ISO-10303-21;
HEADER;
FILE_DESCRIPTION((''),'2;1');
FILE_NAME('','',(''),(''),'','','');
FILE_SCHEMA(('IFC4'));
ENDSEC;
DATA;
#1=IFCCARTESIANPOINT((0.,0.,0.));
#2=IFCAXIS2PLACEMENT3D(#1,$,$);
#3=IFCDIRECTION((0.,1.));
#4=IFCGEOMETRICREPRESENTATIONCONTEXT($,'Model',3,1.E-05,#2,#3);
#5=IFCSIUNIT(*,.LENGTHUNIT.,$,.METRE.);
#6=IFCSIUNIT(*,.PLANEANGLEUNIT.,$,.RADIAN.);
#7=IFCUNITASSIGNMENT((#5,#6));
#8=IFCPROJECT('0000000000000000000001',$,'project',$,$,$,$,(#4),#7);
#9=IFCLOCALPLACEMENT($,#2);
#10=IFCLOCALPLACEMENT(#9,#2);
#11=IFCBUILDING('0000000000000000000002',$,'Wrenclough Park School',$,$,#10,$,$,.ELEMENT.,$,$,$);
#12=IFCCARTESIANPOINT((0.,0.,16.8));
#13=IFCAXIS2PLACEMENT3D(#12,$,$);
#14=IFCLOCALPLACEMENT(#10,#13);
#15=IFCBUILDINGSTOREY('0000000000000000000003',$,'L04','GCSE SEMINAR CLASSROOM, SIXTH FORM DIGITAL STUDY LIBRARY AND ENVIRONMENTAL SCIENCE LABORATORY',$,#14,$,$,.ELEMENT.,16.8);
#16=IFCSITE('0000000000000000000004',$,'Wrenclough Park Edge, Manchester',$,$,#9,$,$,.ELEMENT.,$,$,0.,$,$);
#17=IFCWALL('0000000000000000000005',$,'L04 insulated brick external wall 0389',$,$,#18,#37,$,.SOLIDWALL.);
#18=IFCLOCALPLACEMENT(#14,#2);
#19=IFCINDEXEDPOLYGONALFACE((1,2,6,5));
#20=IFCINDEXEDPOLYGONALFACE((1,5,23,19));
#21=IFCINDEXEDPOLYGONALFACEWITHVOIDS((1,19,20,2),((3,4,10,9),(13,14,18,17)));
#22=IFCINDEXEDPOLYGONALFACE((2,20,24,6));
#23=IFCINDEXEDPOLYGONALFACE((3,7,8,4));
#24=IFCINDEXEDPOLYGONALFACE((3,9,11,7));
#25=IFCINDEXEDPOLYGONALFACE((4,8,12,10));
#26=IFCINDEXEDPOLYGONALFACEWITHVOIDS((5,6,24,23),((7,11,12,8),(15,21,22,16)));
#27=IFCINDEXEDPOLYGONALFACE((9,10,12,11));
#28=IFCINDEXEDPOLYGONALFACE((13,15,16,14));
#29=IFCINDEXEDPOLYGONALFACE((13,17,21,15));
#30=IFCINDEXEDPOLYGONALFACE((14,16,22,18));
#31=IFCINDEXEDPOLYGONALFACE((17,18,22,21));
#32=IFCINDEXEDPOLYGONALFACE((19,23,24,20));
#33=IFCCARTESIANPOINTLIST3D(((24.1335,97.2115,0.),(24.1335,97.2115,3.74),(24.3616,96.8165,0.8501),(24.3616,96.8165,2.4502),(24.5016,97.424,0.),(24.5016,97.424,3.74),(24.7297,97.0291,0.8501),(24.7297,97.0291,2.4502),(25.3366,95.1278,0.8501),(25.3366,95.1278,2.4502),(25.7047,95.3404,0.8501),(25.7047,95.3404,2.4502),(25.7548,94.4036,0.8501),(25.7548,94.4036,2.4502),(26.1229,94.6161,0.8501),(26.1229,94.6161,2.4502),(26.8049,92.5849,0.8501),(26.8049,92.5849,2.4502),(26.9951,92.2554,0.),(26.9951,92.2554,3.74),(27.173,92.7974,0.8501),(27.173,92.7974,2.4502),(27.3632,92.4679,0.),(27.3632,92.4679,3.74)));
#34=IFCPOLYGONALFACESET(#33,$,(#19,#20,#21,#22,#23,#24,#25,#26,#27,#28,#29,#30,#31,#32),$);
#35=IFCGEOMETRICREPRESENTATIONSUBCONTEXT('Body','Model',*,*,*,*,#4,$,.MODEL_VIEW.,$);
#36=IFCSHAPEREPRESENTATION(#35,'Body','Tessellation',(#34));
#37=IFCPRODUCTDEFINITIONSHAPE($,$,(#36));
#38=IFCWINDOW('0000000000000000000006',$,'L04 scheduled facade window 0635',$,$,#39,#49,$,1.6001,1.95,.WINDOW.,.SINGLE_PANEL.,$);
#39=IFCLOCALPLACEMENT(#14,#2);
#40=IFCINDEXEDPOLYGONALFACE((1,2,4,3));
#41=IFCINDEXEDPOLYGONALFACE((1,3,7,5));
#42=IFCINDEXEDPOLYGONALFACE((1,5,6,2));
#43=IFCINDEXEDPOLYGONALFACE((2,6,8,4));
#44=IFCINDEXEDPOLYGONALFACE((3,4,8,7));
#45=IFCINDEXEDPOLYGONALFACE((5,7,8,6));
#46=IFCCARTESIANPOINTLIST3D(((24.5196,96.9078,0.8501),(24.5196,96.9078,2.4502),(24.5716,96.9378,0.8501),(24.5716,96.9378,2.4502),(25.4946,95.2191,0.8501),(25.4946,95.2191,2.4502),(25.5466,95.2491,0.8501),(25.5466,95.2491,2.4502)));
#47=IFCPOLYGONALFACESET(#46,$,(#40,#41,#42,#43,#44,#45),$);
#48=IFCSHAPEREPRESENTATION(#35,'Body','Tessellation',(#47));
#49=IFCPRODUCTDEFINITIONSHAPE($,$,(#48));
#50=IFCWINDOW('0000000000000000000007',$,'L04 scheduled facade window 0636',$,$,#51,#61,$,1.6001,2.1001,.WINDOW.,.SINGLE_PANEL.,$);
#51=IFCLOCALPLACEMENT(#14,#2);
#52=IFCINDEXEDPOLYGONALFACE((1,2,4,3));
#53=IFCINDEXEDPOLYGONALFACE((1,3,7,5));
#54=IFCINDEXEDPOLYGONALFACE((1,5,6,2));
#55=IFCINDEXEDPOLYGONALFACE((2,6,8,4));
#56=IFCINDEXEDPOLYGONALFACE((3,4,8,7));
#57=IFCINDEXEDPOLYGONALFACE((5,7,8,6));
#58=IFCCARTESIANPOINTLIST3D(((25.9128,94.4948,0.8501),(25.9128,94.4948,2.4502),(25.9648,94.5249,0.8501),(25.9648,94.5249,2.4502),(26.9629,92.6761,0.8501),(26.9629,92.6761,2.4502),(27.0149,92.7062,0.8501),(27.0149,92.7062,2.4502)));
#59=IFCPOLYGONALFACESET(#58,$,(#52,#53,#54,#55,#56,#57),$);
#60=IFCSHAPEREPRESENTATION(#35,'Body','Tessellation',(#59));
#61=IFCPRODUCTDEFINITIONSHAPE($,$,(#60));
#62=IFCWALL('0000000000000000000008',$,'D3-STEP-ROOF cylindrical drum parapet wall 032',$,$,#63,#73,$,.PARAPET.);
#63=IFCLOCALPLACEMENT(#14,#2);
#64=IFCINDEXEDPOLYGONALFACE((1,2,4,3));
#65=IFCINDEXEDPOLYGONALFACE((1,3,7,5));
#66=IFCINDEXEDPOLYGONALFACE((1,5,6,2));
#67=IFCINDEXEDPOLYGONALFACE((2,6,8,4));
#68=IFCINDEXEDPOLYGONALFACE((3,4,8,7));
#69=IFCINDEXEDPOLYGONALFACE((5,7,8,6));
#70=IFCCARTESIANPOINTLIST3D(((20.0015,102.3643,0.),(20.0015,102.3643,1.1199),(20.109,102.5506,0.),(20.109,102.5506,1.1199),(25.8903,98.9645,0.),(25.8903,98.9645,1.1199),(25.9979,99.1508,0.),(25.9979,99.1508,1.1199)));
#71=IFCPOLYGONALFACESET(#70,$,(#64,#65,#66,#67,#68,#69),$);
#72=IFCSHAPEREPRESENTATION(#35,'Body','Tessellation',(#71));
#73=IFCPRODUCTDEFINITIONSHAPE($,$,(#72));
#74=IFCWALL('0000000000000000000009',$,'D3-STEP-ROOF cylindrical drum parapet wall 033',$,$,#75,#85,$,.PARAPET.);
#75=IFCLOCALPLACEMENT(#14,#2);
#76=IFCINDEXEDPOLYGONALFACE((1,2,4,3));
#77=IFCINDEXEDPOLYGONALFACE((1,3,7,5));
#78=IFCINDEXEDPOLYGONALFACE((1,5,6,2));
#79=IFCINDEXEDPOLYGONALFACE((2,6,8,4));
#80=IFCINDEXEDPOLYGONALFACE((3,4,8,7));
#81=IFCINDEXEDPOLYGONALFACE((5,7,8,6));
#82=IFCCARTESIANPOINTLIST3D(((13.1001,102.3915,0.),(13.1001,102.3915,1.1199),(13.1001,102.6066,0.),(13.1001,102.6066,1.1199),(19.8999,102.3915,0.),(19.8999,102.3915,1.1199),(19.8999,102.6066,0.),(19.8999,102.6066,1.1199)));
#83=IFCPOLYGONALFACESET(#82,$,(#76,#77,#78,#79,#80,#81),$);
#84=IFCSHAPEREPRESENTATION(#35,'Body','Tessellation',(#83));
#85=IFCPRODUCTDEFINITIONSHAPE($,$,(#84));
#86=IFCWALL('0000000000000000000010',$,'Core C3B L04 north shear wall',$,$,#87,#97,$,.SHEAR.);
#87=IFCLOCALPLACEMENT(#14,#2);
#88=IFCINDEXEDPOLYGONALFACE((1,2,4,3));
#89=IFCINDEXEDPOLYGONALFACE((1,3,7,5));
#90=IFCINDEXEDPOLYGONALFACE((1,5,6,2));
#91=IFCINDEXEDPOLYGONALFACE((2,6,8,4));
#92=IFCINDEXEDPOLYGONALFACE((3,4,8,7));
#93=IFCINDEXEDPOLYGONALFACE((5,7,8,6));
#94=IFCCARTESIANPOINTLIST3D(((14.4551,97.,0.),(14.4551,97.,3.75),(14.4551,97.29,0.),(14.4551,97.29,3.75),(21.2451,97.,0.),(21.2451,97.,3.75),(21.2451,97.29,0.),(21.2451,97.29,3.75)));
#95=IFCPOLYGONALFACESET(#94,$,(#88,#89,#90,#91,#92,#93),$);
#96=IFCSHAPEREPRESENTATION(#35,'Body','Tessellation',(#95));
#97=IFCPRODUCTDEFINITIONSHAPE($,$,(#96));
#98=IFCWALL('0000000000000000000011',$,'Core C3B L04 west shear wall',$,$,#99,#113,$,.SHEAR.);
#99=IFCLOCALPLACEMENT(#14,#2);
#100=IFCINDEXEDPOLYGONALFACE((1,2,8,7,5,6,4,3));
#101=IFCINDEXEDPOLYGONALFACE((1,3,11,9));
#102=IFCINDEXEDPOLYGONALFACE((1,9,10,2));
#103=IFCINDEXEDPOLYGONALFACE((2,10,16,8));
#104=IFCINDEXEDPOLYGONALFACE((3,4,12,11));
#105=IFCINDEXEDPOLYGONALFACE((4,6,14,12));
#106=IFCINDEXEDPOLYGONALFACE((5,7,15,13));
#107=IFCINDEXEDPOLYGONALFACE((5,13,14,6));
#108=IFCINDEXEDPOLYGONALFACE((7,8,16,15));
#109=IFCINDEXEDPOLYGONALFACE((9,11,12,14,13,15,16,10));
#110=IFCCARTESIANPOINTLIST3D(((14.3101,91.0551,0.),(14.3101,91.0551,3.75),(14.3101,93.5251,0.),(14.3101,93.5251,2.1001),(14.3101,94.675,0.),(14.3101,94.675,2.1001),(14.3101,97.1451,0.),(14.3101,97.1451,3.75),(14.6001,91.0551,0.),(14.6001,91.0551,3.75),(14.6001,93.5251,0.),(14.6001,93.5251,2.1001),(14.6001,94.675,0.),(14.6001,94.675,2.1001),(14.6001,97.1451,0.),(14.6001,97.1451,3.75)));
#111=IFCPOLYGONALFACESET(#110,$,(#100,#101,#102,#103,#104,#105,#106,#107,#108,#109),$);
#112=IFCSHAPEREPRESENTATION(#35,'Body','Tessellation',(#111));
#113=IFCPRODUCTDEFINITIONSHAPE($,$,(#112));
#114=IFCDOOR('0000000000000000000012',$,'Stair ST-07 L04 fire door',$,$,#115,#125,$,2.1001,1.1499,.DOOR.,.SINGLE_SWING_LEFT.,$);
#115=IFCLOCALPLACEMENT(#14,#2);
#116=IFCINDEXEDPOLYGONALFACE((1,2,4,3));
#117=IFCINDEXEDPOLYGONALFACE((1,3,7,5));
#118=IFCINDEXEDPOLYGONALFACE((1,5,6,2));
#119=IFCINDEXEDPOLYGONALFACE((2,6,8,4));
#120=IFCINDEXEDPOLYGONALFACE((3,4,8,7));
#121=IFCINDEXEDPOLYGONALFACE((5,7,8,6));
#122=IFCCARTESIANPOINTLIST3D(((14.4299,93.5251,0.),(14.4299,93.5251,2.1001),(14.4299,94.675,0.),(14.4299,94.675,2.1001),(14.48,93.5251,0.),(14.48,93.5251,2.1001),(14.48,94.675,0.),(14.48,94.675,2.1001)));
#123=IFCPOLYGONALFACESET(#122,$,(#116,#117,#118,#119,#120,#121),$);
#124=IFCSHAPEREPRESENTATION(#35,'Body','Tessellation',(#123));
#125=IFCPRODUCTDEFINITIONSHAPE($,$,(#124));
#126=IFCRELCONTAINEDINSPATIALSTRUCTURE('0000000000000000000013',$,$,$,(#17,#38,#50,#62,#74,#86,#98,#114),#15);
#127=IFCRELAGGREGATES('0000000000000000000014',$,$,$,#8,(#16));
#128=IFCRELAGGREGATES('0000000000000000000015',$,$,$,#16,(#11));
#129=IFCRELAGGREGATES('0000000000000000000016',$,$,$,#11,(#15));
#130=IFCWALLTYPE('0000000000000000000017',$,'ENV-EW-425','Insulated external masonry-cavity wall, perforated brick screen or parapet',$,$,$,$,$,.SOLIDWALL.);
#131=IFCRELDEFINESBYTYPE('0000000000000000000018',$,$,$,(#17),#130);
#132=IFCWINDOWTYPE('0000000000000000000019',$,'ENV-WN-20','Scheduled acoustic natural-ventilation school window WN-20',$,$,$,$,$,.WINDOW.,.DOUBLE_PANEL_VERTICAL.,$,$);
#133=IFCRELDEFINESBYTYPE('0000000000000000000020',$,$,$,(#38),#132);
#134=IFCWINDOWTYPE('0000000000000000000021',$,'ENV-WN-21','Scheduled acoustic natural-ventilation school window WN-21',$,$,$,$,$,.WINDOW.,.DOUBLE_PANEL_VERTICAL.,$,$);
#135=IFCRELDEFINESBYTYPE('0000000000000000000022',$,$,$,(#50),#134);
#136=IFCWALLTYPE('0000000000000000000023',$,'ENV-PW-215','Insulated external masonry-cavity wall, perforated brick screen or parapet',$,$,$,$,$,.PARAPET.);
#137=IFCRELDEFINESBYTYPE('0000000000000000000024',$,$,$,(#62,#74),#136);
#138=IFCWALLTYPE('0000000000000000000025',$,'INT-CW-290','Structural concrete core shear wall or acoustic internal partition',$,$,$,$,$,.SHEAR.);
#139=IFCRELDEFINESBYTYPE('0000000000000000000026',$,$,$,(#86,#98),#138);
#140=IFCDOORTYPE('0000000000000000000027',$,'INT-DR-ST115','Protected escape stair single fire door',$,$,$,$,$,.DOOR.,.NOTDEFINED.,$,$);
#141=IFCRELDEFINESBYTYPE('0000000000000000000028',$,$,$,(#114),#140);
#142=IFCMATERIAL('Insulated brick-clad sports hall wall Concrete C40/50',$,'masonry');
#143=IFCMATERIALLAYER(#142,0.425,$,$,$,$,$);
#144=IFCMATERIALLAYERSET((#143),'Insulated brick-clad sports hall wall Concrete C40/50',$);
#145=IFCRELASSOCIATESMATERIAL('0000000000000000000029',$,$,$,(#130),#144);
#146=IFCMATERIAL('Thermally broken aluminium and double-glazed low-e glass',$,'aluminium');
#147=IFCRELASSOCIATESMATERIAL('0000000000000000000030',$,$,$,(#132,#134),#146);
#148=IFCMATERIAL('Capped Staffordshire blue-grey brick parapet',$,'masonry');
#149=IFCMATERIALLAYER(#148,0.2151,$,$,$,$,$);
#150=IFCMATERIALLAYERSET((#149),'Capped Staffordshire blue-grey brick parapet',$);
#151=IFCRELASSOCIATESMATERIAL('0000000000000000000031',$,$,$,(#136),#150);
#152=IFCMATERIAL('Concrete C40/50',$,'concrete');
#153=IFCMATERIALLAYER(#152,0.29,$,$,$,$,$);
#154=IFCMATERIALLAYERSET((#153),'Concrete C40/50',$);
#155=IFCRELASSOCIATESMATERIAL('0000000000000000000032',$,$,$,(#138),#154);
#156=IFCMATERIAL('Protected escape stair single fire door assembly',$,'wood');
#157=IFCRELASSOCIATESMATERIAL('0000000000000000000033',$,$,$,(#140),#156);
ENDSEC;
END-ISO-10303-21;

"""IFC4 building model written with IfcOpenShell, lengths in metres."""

from ifc_helpers import new_model, si_unit, direction, frame, frame_2d, origin, place, context, subcontext, project, spatial, rectangle, extrude, material, layer, layer_set, type_object, element, fill, save


model = new_model("IFC4")

# Units and contexts
model_context = context("Model", 3, precision=1e-05, world=origin(), true_north=direction((0.0, 1.0)))
body_context = subcontext(model_context, "Body", "Model", "MODEL_VIEW")
ifc_project = project(units=[si_unit("LENGTHUNIT", "METRE"), si_unit("PLANEANGLEUNIT", "RADIAN")], contexts=[model_context])

# Site, building, storey
site_placement = place(None, origin())
site = spatial("IfcSite", under=ifc_project, at=site_placement, Name="Wrenclough Park Edge, Manchester", CompositionType="ELEMENT", RefElevation=0.0)
building_placement = place(site_placement, origin())
building = spatial("IfcBuilding", under=site, at=building_placement, Name="Wrenclough Park School", CompositionType="ELEMENT")
storey_placement = place(building_placement, frame((0.0, 0.0, 16.8)))
storey = spatial("IfcBuildingStorey", under=building, at=storey_placement, Name="L04", Description="GCSE SEMINAR CLASSROOM, SIXTH FORM DIGITAL STUDY LIBRARY AND ENVIRONMENTAL SCIENCE LABORATORY", CompositionType="ELEMENT", Elevation=16.8)

# Wall, openings, windows
ifc_material_1 = material(Name="Thermally broken aluminium and double-glazed low-e glass", Category="aluminium")
ifc_material_2 = material(Name="Insulated brick-clad sports hall wall Concrete C40/50", Category="masonry")
ifc_layer_1 = layer(ifc_material_2, 0.425)
ifc_layer_set_1 = layer_set([ifc_layer_1], Name="Insulated brick-clad sports hall wall Concrete C40/50")
wall_type_1 = type_object("IfcWallType", Name="ENV-EW-425", Description="Insulated external masonry-cavity wall, perforated brick screen or parapet", PredefinedType="SOLIDWALL", material=ifc_layer_set_1)
wall_1_placement = place(storey_placement, frame((24.3176, 97.3176, 0.0), z_axis=(0.0, 0.0, 1.0), x_axis=(0.500025, -0.866011, 0.0)))
wall_1 = element("IfcWall", 1, at=wall_1_placement, inside=storey, type_object=wall_type_1, Name="L04 insulated brick external wall 0389", PredefinedType="SOLIDWALL", context=body_context, shape_type="SweptSolid", body=[
    extrude(rectangle(XDim=5.7229, YDim=0.425, at=frame_2d((2.8613, 0.0))), origin(), (0.0, 0.0, 1.0), 3.74),
])
opening_1_placement = place(wall_1_placement, frame((0.4558, 0.0, 0.8501)))
opening_1 = element("IfcOpeningElement", 2, at=opening_1_placement, cuts=wall_1, PredefinedType="OPENING", context=body_context, shape_type="SweptSolid", body=[
    extrude(rectangle(XDim=1.95, YDim=1.6001, at=frame_2d((0.9751, 0.8))), frame((0.0, 0.2224, 0.0), z_axis=(0.0, -1.0, 0.0), x_axis=(1.0, 0.0, 0.0)), (0.0, 0.0, 1.0), 0.4451),
])
opening_2_placement = place(wall_1_placement, frame((3.2422, 0.0, 0.8501)))
opening_2 = element("IfcOpeningElement", 3, at=opening_2_placement, cuts=wall_1, PredefinedType="OPENING", context=body_context, shape_type="SweptSolid", body=[
    extrude(rectangle(XDim=2.1001, YDim=1.6001, at=frame_2d((1.05, 0.8))), frame((0.0, 0.2224, 0.0), z_axis=(0.0, -1.0, 0.0), x_axis=(1.0, 0.0, 0.0)), (0.0, 0.0, 1.0), 0.4451),
])
window_type_1 = type_object("IfcWindowType", Name="ENV-WN-20", Description="Scheduled acoustic natural-ventilation school window WN-20", PartitioningType="DOUBLE_PANEL_VERTICAL", PredefinedType="WINDOW", material=ifc_material_1)
window_1_placement = place(opening_1_placement, origin())
window_1 = element("IfcWindow", 4, at=window_1_placement, inside=storey, type_object=window_type_1, Name="L04 scheduled facade window 0635", OverallHeight=1.6001, OverallWidth=1.95, PartitioningType="SINGLE_PANEL", PredefinedType="WINDOW", context=body_context, shape_type="SweptSolid", body=[
    extrude(rectangle(XDim=1.95, YDim=1.6001, at=frame_2d((0.9751, 0.8))), frame((0.0, 0.03, 0.0), z_axis=(0.0, -1.0, 0.0), x_axis=(1.0, 0.0, 0.0)), (0.0, 0.0, 1.0), 0.0601),
])
fill(opening_1, window_1)
window_type_2 = type_object("IfcWindowType", Name="ENV-WN-21", Description="Scheduled acoustic natural-ventilation school window WN-21", PartitioningType="DOUBLE_PANEL_VERTICAL", PredefinedType="WINDOW", material=ifc_material_1)
window_2_placement = place(opening_2_placement, origin())
window_2 = element("IfcWindow", 5, at=window_2_placement, inside=storey, type_object=window_type_2, Name="L04 scheduled facade window 0636", OverallHeight=1.6001, OverallWidth=2.1001, PartitioningType="SINGLE_PANEL", PredefinedType="WINDOW", context=body_context, shape_type="SweptSolid", body=[
    extrude(rectangle(XDim=2.1001, YDim=1.6001, at=frame_2d((1.05, 0.8))), frame((0.0, 0.03, 0.0), z_axis=(0.0, -1.0, 0.0), x_axis=(1.0, 0.0, 0.0)), (0.0, 0.0, 1.0), 0.0601),
])
fill(opening_2, window_2)

# Walls
ifc_material_3 = material(Name="Capped Staffordshire blue-grey brick parapet", Category="masonry")
ifc_layer_2 = layer(ifc_material_3, 0.2151)
ifc_layer_set_2 = layer_set([ifc_layer_2], Name="Capped Staffordshire blue-grey brick parapet")
wall_type_2 = type_object("IfcWallType", Name="ENV-PW-215", Description="Insulated external masonry-cavity wall, perforated brick screen or parapet", PredefinedType="PARAPET", material=ifc_layer_set_2)
for number, where, z_axis, x_axis, name in (
    (6, (25.9441, 99.0576, 0.0), (0.0, 0.0, 1.0), (-0.86603, 0.499993, 0.0), "D3-STEP-ROOF cylindrical drum parapet wall 032"),
    (7, (19.8999, 102.499, 0.0), (0.0, 0.0, 1.0), (-1.0, 0.0, 0.0), "D3-STEP-ROOF cylindrical drum parapet wall 033"),
):
    element("IfcWall", number, at=place(storey_placement, frame(where, z_axis=z_axis, x_axis=x_axis)), inside=storey, type_object=wall_type_2, Name=name, PredefinedType="PARAPET", context=body_context, shape_type="SweptSolid", body=[
        extrude(rectangle(XDim=6.7998, YDim=0.2151, at=frame_2d((3.3999, 0.0))), origin(), (0.0, 0.0, 1.0), 1.1199),
    ])
ifc_material_4 = material(Name="Concrete C40/50", Category="concrete")
ifc_layer_3 = layer(ifc_material_4, 0.29)
ifc_layer_set_3 = layer_set([ifc_layer_3], Name="Concrete C40/50")
wall_type_3 = type_object("IfcWallType", Name="INT-CW-290", Description="Structural concrete core shear wall or acoustic internal partition", PredefinedType="SHEAR", material=ifc_layer_set_3)
wall_2_placement = place(storey_placement, frame((21.2451, 97.145, 0.0), z_axis=(0.0, 0.0, 1.0), x_axis=(-1.0, 0.0, 0.0)))
element("IfcWall", 8, at=wall_2_placement, inside=storey, type_object=wall_type_3, Name="Core C3B L04 north shear wall", PredefinedType="SHEAR", context=body_context, shape_type="SweptSolid", body=[
    extrude(rectangle(XDim=6.79, YDim=0.29, at=frame_2d((3.395, 0.0))), origin(), (0.0, 0.0, 1.0), 3.75),
])

# Wall, opening, door
wall_3_placement = place(storey_placement, frame((14.4551, 97.145, 0.0), z_axis=(0.0, 0.0, 1.0), x_axis=(0.0, -1.0, 0.0)))
wall_3 = element("IfcWall", 9, at=wall_3_placement, inside=storey, type_object=wall_type_3, Name="Core C3B L04 west shear wall", PredefinedType="SHEAR", context=body_context, shape_type="SweptSolid", body=[
    extrude(rectangle(XDim=6.0901, YDim=0.29, at=frame_2d((3.0449, 0.0))), origin(), (0.0, 0.0, 1.0), 3.75),
])
opening_3_placement = place(wall_3_placement, frame((2.47, 0.0, 0.0)))
opening_3 = element("IfcOpeningElement", 10, at=opening_3_placement, cuts=wall_3, PredefinedType="OPENING", context=body_context, shape_type="SweptSolid", body=[
    extrude(rectangle(XDim=1.1499, YDim=2.1001, at=frame_2d((0.575, 1.05))), frame((0.0, 0.155, 0.0), z_axis=(0.0, -1.0, 0.0), x_axis=(1.0, 0.0, 0.0)), (0.0, 0.0, 1.0), 0.3101),
])
ifc_material_5 = material(Name="Protected escape stair single fire door assembly", Category="wood")
door_type = type_object("IfcDoorType", Name="INT-DR-ST115", Description="Protected escape stair single fire door", OperationType="NOTDEFINED", PredefinedType="DOOR", material=ifc_material_5)
door_placement = place(opening_3_placement, origin())
door = element("IfcDoor", 11, at=door_placement, inside=storey, type_object=door_type, Name="Stair ST-07 L04 fire door", OperationType="SINGLE_SWING_LEFT", OverallHeight=2.1001, OverallWidth=1.1499, PredefinedType="DOOR", context=body_context, shape_type="SweptSolid", body=[
    extrude(rectangle(XDim=1.1499, YDim=2.1001, at=frame_2d((0.575, 1.05))), frame((0.0, 0.0249, 0.0), z_axis=(0.0, -1.0, 0.0), x_axis=(1.0, 0.0, 0.0)), (0.0, 0.0, 1.0), 0.05),
])
fill(opening_3, door)

save(model, "model.ifc")
